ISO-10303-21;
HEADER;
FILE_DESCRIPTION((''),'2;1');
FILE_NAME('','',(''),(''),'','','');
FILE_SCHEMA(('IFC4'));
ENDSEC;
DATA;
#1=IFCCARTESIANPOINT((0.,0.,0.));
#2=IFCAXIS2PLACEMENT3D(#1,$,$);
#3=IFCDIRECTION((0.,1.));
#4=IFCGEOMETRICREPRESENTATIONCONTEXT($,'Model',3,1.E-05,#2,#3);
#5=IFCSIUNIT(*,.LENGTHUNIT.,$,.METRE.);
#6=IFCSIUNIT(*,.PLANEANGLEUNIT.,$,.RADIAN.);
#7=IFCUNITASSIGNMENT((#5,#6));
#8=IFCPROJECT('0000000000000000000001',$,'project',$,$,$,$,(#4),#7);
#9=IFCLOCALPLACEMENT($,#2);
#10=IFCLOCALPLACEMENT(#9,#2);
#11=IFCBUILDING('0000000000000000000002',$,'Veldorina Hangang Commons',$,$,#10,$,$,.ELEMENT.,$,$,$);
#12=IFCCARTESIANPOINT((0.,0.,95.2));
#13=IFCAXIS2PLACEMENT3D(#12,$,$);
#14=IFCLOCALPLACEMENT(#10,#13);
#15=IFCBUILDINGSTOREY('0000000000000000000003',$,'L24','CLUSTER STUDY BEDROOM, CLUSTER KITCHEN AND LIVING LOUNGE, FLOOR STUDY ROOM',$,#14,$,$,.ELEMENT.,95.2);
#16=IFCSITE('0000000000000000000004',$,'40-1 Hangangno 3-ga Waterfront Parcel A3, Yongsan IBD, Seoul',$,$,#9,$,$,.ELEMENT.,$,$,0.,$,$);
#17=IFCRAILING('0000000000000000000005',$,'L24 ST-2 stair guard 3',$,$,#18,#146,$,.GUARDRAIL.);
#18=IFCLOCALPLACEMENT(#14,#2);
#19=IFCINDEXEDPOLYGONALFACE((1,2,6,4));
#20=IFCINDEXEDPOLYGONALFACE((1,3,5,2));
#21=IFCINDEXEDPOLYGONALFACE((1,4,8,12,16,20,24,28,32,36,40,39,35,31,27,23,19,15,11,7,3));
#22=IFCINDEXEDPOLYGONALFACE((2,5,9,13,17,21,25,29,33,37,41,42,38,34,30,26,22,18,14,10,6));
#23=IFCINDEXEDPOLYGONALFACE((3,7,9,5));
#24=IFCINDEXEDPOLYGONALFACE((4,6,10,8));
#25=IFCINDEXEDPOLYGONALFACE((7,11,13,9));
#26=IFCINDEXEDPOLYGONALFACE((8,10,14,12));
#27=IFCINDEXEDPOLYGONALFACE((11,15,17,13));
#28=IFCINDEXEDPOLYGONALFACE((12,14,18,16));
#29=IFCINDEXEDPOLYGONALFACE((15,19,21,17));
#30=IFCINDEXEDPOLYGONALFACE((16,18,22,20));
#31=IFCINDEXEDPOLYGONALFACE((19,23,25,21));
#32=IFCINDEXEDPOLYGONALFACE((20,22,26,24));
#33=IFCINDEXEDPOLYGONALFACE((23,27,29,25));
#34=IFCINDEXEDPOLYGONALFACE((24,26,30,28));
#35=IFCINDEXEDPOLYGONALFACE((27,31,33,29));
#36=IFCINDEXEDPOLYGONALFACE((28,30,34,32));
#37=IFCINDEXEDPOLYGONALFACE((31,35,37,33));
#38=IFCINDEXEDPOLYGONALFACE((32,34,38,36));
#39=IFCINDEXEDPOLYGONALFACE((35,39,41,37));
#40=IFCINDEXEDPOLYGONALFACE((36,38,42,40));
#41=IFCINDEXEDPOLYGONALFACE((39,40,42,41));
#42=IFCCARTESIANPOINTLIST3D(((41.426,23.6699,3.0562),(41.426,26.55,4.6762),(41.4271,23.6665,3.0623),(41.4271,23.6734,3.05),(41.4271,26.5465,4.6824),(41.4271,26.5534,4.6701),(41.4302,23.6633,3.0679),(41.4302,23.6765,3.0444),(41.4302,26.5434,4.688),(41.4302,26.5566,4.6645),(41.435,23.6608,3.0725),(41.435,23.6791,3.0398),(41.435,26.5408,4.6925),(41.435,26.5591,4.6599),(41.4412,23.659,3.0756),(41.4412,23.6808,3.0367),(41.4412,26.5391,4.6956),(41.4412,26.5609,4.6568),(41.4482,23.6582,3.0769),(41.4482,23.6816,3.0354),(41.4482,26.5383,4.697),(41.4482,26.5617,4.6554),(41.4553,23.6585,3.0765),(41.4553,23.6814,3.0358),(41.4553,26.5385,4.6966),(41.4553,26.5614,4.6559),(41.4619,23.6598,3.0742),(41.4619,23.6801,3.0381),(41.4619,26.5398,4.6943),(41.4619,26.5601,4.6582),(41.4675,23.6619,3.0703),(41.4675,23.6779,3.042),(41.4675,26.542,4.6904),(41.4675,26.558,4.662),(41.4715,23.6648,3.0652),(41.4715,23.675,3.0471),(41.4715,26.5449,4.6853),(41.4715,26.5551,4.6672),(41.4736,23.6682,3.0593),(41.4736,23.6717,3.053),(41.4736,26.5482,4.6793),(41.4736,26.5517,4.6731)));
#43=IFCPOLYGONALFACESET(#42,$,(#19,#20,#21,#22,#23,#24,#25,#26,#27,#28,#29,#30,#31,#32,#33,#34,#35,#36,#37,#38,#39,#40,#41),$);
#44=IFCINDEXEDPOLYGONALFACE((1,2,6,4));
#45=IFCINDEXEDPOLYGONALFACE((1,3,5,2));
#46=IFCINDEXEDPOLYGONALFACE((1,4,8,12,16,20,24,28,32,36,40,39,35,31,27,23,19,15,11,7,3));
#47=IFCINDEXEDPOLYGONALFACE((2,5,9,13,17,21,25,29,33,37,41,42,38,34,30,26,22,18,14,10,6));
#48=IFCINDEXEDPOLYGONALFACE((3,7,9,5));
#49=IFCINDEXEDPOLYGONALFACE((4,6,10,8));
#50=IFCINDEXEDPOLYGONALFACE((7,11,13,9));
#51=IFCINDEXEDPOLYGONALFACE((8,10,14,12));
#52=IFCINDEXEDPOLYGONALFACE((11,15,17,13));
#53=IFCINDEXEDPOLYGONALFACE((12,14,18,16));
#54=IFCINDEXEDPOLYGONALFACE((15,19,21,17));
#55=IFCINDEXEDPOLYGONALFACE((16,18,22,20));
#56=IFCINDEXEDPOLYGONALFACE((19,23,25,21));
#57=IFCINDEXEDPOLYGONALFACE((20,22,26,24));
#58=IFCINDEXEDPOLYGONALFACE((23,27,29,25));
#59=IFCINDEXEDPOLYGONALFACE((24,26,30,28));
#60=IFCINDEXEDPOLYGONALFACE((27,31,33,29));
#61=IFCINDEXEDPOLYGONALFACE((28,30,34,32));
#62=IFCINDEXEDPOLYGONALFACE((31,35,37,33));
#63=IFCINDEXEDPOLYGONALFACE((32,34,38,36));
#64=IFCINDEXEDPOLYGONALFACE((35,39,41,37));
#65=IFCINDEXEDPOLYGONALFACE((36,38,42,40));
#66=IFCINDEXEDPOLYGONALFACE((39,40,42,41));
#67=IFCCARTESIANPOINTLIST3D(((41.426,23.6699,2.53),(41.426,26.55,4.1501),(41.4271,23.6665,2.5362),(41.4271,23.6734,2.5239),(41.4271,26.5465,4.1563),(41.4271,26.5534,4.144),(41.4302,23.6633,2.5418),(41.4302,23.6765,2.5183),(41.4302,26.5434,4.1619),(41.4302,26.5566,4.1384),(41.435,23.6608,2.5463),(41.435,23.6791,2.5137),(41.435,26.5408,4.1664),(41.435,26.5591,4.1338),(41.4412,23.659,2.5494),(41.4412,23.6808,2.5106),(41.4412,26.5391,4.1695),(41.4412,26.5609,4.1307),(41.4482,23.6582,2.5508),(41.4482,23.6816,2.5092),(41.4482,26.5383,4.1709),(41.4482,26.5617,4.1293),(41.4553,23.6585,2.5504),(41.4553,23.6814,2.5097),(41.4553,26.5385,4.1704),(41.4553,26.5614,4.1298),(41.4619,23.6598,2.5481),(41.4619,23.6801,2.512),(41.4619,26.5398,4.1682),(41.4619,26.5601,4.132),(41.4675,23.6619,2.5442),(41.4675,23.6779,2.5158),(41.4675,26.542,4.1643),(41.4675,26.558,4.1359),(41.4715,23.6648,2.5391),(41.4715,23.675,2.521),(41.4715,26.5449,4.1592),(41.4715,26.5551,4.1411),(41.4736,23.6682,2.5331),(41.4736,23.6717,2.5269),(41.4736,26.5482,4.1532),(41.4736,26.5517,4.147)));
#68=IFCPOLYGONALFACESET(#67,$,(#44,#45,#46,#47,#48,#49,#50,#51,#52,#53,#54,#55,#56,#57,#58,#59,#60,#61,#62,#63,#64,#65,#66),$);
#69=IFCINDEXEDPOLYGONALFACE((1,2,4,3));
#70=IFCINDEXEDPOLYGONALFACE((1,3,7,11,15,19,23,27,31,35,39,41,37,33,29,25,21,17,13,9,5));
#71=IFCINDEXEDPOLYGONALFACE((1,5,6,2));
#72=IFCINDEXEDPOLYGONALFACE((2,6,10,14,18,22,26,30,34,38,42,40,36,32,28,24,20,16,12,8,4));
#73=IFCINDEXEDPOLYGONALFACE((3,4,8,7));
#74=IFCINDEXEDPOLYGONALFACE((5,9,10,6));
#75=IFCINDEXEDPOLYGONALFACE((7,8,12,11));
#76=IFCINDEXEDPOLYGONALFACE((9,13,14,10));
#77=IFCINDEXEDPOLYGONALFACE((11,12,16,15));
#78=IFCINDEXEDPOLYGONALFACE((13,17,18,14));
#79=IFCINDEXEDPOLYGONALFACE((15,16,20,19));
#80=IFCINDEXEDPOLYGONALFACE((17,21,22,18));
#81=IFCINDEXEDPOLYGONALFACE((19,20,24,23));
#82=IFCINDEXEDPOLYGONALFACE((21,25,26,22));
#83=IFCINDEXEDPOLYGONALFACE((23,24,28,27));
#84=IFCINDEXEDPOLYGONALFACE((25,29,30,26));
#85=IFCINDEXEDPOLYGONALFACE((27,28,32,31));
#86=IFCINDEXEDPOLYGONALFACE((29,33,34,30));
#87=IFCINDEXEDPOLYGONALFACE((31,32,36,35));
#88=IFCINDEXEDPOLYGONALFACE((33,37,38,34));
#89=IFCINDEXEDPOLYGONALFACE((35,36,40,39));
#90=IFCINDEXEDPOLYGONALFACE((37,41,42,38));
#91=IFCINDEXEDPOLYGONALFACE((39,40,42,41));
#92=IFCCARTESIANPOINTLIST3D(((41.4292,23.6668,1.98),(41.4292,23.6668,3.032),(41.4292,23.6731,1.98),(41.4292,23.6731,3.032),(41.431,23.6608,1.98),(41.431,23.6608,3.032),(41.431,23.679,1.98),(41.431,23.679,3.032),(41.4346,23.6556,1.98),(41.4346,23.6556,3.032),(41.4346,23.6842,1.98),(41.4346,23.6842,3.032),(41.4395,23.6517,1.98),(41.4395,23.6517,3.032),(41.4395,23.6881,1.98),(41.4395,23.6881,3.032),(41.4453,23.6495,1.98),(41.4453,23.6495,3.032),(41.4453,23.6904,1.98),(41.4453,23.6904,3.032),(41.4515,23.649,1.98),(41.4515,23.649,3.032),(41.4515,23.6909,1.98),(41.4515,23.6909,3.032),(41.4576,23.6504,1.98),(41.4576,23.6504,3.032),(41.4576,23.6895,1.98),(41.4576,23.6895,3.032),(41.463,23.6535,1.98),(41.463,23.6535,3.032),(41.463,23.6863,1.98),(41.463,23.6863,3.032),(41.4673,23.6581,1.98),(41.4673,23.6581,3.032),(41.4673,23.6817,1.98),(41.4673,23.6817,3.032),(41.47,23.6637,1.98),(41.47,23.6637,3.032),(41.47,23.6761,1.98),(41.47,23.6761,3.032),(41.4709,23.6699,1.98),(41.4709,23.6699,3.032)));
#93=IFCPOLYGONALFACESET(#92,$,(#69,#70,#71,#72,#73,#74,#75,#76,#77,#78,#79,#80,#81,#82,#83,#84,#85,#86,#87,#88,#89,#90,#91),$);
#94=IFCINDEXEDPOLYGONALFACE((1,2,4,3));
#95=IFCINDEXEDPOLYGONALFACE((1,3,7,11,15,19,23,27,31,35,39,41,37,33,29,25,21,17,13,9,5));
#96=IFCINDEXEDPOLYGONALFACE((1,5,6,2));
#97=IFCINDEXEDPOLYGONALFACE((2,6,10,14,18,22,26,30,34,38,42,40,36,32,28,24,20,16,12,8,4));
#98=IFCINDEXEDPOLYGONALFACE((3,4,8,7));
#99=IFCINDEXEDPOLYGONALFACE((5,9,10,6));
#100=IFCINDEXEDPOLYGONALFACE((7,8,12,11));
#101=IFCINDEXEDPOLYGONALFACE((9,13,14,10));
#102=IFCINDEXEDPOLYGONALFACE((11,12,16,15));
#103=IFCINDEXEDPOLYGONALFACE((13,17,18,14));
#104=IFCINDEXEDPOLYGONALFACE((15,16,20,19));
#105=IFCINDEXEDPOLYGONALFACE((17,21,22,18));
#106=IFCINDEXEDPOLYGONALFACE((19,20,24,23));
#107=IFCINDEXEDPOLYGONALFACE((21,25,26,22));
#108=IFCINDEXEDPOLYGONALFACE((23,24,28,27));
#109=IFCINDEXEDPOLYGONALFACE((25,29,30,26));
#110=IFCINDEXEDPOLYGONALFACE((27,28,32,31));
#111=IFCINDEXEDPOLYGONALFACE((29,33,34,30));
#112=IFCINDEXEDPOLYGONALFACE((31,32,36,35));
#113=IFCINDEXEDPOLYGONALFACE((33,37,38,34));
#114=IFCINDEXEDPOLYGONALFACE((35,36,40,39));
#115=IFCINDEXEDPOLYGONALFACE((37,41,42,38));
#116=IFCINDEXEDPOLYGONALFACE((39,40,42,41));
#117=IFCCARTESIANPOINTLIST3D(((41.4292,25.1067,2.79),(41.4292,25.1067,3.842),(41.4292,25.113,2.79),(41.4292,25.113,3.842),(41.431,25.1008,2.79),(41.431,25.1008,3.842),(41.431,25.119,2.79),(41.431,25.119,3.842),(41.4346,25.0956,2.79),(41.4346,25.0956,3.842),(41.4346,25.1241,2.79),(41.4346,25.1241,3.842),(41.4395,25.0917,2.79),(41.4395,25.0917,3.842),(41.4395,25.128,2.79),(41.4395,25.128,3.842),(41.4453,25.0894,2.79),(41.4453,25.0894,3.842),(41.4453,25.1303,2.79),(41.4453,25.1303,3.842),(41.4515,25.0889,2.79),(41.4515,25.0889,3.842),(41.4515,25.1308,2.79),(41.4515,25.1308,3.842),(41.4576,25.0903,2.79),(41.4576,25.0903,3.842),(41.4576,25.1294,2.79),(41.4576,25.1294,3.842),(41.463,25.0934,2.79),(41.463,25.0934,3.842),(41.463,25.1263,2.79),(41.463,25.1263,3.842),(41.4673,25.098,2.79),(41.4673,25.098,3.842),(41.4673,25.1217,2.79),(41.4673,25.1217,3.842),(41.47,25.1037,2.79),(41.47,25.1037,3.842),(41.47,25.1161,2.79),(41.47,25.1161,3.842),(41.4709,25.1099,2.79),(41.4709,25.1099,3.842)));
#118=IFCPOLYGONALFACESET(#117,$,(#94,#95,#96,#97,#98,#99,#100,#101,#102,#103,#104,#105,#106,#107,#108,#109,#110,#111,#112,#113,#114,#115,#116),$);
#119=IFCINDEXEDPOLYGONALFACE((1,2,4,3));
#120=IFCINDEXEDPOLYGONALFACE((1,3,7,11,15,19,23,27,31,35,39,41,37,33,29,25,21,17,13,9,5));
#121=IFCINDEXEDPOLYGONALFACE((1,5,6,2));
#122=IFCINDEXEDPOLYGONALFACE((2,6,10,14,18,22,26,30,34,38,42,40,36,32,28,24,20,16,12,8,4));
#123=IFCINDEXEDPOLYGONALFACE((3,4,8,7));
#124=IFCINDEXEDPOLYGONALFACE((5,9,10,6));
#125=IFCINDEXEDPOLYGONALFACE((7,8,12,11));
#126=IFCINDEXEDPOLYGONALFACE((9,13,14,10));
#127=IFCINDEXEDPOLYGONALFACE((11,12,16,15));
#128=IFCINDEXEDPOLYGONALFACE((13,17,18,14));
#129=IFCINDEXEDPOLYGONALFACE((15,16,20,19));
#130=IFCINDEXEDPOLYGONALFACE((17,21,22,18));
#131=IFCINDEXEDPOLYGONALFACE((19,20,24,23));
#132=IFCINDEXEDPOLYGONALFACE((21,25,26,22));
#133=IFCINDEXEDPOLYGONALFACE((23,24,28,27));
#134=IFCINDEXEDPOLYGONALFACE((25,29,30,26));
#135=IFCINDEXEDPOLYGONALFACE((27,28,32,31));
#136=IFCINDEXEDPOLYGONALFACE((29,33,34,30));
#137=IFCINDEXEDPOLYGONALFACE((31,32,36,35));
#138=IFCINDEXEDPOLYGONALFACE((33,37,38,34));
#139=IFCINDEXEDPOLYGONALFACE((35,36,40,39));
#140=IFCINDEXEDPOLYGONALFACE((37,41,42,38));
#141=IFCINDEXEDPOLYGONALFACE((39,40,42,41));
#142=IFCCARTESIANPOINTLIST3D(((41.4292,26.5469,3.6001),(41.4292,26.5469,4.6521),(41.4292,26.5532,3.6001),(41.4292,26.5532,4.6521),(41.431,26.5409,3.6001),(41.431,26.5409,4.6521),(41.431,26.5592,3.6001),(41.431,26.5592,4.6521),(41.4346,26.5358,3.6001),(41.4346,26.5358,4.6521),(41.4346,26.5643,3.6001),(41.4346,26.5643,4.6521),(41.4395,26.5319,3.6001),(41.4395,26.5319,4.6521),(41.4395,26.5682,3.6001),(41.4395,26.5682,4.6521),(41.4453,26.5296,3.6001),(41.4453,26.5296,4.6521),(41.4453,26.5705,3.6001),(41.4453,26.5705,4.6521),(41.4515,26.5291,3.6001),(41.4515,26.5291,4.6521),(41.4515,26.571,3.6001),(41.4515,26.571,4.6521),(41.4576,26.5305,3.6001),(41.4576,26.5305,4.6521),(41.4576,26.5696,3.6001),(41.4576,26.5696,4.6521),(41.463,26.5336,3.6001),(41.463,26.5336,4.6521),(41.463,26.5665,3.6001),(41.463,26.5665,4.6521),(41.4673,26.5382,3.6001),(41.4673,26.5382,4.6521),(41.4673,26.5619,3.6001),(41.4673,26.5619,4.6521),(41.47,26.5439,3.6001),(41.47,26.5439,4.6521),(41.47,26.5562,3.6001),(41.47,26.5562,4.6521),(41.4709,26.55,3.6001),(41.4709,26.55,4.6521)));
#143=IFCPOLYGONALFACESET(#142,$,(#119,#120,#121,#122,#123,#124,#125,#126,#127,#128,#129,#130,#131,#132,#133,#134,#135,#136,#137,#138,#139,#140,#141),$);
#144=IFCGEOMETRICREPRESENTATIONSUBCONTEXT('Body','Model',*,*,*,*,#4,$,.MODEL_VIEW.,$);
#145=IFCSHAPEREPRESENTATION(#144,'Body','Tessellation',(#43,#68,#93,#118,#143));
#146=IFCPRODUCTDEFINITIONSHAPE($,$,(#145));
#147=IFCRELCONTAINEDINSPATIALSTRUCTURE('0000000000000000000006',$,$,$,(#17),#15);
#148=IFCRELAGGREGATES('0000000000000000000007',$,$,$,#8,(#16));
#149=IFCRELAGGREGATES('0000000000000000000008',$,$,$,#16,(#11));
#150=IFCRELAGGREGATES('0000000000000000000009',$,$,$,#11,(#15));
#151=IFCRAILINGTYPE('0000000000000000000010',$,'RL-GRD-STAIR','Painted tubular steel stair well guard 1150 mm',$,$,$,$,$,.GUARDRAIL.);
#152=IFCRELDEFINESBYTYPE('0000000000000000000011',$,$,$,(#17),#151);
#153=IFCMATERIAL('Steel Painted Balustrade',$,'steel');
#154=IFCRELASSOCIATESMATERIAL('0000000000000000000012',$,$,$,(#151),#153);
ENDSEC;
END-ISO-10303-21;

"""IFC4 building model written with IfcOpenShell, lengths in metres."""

from ifc_helpers import new_model, si_unit, direction, frame, origin, origin_2d, place, context, subcontext, project, spatial, circle, extrude, material, type_object, element, save


model = new_model("IFC4")

# Units and contexts
model_context = context("Model", 3, precision=1e-05, world=origin(), true_north=direction((0.0, 1.0)))
body_context = subcontext(model_context, "Body", "Model", "MODEL_VIEW")
ifc_project = project(units=[si_unit("LENGTHUNIT", "METRE"), si_unit("PLANEANGLEUNIT", "RADIAN")], contexts=[model_context])

# Site, building, storey
site_placement = place(None, origin())
site = spatial("IfcSite", under=ifc_project, at=site_placement, Name="40-1 Hangangno 3-ga Waterfront Parcel A3, Yongsan IBD, Seoul", CompositionType="ELEMENT", RefElevation=0.0)
building_placement = place(site_placement, origin())
building = spatial("IfcBuilding", under=site, at=building_placement, Name="Veldorina Hangang Commons", CompositionType="ELEMENT")
storey_placement = place(building_placement, frame((0.0, 0.0, 95.2)))
storey = spatial("IfcBuildingStorey", under=building, at=storey_placement, Name="L24", Description="CLUSTER STUDY BEDROOM, CLUSTER KITCHEN AND LIVING LOUNGE, FLOOR STUDY ROOM", CompositionType="ELEMENT", Elevation=95.2)

# Railing
ifc_material_1 = material(Name="Steel Painted Balustrade", Category="steel")
railing_type = type_object("IfcRailingType", Name="RL-GRD-STAIR", Description="Painted tubular steel stair well guard 1150 mm", PredefinedType="GUARDRAIL", material=ifc_material_1)
railing_1_placement = place(storey_placement, frame((41.45, 23.6699, 1.98)))
element("IfcRailing", 1, at=railing_1_placement, inside=storey, type_object=railing_type, Name="L24 ST-2 stair guard 3", PredefinedType="GUARDRAIL", context=body_context, shape_type="SweptSolid", body=[
    extrude(circle(Radius=0.0239, at=origin_2d()), frame((0.0, 0.0, 1.0762), z_axis=(0.0, 0.87157, 0.490272), x_axis=(-1.0, 0.0, 0.0)), (0.0, 0.0, 1.0), 3.3044),
    extrude(circle(Radius=0.0239, at=origin_2d()), frame((0.0, 0.0, 0.55), z_axis=(0.0, 0.87157, 0.490272), x_axis=(-1.0, 0.0, 0.0)), (0.0, 0.0, 1.0), 3.3044),
    extrude(circle(Radius=0.021, at=origin_2d()), origin(), (0.0, 0.0, 1.0), 1.052),
    extrude(circle(Radius=0.021, at=origin_2d()), frame((0.0, 1.4399, 0.8101)), (0.0, 0.0, 1.0), 1.052),
    extrude(circle(Radius=0.021, at=origin_2d()), frame((0.0, 2.8801, 1.6201)), (0.0, 0.0, 1.0), 1.052),
])

save(model, "model.ifc")
